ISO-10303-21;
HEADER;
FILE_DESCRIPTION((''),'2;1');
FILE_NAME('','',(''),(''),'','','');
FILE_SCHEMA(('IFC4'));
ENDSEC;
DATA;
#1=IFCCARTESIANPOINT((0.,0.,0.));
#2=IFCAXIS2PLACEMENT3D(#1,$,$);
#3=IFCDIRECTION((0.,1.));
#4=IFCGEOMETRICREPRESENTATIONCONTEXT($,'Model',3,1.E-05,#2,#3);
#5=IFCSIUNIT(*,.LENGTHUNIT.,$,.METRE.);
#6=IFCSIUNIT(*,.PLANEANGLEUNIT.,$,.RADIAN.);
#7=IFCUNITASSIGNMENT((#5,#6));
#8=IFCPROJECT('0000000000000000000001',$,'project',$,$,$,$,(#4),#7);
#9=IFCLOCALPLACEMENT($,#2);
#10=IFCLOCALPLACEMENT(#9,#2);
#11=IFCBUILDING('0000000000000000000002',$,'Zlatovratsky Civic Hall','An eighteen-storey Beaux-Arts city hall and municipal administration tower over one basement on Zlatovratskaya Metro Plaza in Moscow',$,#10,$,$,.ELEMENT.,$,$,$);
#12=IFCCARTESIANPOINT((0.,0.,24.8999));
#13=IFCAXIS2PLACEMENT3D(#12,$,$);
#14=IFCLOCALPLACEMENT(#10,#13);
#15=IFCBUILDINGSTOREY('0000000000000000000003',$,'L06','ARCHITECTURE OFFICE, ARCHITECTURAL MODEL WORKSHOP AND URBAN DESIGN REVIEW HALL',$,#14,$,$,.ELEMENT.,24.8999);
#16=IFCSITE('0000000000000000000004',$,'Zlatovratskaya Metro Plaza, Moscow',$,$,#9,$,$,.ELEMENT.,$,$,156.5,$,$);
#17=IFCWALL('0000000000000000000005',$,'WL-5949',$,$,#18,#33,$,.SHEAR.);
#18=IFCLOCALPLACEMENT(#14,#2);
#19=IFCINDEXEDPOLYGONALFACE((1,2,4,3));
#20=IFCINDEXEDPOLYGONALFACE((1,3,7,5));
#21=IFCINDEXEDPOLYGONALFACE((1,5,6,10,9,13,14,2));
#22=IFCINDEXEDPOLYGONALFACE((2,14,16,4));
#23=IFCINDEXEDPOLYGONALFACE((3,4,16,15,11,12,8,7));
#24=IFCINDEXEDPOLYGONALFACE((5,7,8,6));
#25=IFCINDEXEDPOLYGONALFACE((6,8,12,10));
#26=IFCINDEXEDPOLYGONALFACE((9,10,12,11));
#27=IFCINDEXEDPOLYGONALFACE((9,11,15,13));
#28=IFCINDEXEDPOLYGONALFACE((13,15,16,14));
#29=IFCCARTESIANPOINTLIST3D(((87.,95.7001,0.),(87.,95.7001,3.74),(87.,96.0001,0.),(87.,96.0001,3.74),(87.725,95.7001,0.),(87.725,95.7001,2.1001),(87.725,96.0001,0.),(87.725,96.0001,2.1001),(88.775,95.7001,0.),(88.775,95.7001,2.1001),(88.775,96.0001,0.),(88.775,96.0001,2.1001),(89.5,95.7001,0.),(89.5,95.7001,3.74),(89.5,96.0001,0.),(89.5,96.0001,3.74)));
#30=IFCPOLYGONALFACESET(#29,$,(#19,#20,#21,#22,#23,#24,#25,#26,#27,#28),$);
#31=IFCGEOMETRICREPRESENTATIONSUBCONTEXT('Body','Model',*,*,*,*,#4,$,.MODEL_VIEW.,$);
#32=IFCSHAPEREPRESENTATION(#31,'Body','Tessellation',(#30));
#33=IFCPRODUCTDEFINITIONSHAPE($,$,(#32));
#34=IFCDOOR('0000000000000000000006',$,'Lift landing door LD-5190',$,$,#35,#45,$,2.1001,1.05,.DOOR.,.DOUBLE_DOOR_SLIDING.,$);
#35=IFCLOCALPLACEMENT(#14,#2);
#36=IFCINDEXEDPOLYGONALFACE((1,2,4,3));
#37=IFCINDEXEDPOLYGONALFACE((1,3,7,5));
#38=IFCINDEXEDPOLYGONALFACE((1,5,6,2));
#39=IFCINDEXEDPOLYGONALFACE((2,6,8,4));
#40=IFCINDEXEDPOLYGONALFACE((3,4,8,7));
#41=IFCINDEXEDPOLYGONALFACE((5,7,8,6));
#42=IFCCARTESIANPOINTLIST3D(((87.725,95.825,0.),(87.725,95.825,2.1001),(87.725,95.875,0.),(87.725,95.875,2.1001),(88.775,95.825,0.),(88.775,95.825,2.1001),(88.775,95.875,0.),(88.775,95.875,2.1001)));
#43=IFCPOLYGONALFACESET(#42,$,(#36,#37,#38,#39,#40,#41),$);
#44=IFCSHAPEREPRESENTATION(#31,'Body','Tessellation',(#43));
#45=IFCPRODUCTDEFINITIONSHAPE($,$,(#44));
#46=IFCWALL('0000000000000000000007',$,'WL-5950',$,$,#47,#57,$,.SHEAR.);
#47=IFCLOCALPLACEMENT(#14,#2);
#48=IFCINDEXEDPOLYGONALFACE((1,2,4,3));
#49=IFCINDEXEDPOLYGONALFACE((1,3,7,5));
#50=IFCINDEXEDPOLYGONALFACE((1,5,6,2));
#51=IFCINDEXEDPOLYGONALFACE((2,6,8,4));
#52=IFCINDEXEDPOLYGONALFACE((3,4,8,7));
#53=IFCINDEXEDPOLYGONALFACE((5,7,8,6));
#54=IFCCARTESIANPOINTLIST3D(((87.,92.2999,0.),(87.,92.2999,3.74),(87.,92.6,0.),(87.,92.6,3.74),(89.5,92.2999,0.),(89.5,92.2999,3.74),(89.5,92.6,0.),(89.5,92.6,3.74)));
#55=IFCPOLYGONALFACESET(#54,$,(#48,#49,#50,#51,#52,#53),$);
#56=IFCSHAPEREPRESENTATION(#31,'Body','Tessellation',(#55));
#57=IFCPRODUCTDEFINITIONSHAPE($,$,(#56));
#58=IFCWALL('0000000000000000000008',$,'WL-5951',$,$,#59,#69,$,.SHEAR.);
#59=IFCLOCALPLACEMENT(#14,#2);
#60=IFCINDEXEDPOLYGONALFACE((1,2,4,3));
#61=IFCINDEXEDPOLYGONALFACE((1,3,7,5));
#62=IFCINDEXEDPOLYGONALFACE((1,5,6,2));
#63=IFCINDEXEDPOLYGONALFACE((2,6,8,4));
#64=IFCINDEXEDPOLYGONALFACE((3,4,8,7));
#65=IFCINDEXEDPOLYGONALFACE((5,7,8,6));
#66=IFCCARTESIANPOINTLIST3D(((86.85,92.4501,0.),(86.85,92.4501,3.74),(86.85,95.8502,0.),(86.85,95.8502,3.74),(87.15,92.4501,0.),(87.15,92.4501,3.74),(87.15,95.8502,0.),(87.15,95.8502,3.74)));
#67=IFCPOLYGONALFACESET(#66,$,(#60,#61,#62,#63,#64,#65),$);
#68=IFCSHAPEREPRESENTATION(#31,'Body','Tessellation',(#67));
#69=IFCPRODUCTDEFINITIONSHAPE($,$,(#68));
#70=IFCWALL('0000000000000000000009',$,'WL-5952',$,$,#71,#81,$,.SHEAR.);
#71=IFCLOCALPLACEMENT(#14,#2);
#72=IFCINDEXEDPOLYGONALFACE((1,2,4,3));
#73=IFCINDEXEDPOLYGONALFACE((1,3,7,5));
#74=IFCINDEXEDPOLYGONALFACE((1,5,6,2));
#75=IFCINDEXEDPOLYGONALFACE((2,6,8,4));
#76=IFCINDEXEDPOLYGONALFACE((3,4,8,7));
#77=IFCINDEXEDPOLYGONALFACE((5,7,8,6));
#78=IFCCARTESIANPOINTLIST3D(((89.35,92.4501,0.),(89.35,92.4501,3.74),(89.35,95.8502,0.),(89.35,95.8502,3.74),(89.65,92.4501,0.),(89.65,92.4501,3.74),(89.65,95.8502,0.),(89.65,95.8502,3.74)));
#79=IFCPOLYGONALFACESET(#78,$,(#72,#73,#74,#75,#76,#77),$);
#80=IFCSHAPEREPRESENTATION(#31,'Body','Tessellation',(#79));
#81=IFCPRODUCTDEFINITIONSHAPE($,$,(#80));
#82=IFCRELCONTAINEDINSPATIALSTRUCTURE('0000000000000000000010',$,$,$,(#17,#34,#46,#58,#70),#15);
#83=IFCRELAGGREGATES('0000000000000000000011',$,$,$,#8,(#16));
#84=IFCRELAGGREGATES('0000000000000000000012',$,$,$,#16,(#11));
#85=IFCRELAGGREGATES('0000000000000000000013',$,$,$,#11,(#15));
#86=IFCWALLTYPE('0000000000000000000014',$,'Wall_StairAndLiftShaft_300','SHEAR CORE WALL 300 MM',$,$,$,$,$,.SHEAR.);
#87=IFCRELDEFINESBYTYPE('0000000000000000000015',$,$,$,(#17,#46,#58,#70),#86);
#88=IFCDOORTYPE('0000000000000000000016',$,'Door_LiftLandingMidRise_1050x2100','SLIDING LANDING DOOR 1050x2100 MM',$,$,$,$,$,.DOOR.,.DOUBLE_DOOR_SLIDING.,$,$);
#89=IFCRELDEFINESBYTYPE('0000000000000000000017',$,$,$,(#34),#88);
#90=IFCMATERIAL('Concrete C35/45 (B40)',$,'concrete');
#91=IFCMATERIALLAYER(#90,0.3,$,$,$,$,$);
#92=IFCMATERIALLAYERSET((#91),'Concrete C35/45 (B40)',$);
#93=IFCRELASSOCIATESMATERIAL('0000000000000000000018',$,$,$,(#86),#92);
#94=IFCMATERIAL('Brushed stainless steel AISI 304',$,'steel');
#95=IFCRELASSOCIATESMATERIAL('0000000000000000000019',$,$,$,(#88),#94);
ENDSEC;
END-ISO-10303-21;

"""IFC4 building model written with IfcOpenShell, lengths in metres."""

from ifc_helpers import new_model, si_unit, direction, frame, frame_2d, origin, place, context, subcontext, project, spatial, rectangle, extrude, material, layer, layer_set, type_object, element, fill, save


model = new_model("IFC4")

# Units and contexts
model_context = context("Model", 3, precision=1e-05, world=origin(), true_north=direction((0.0, 1.0)))
body_context = subcontext(model_context, "Body", "Model", "MODEL_VIEW")
ifc_project = project(units=[si_unit("LENGTHUNIT", "METRE"), si_unit("PLANEANGLEUNIT", "RADIAN")], contexts=[model_context])

# Site, building, storey
site_placement = place(None, origin())
site = spatial("IfcSite", under=ifc_project, at=site_placement, Name="Zlatovratskaya Metro Plaza, Moscow", CompositionType="ELEMENT", RefElevation=156.5)
building_placement = place(site_placement, origin())
building = spatial("IfcBuilding", under=site, at=building_placement, Name="Zlatovratsky Civic Hall", Description="An eighteen-storey Beaux-Arts city hall and municipal administration tower over one basement on Zlatovratskaya Metro Plaza in Moscow", CompositionType="ELEMENT")
storey_placement = place(building_placement, frame((0.0, 0.0, 24.8999)))
storey = spatial("IfcBuildingStorey", under=building, at=storey_placement, Name="L06", Description="ARCHITECTURE OFFICE, ARCHITECTURAL MODEL WORKSHOP AND URBAN DESIGN REVIEW HALL", CompositionType="ELEMENT", Elevation=24.8999)

# Shared definitions
ifc_material_1 = material(Name="Concrete C35/45 (B40)", Category="concrete")

# Shared definitions
ifc_layer_1 = layer(ifc_material_1, 0.3)
ifc_layer_set_1 = layer_set([ifc_layer_1], Name="Concrete C35/45 (B40)")
wall_type_1 = type_object("IfcWallType", Name="Wall_StairAndLiftShaft_300", Description="SHEAR CORE WALL 300 MM", PredefinedType="SHEAR", material=ifc_layer_set_1)

# Shared definitions
ifc_material_2 = material(Name="Brushed stainless steel AISI 304", Category="steel")
door_type_1 = type_object("IfcDoorType", Name="Door_LiftLandingMidRise_1050x2100", Description="SLIDING LANDING DOOR 1050x2100 MM", OperationType="DOUBLE_DOOR_SLIDING", PredefinedType="DOOR", material=ifc_material_2)

# Wall, opening, door
wall_1_placement = place(storey_placement, frame((87.0, 95.8501, 0.0), z_axis=(0.0, 0.0, 1.0), x_axis=(1.0, 0.0, 0.0)))
wall_1 = element("IfcWall", 1, at=wall_1_placement, inside=storey, type_object=wall_type_1, Name="WL-5949", PredefinedType="SHEAR", context=body_context, shape_type="SweptSolid", body=[
    extrude(rectangle(XDim=2.5, YDim=0.3, at=frame_2d((1.25, 0.0))), origin(), (0.0, 0.0, 1.0), 3.74),
])
opening_1_placement = place(wall_1_placement, frame((0.7251, 0.0, 0.0)))
opening_1 = element("IfcOpeningElement", 2, at=opening_1_placement, cuts=wall_1, PredefinedType="OPENING", context=body_context, shape_type="SweptSolid", body=[
    extrude(rectangle(XDim=1.05, YDim=2.1001, at=frame_2d((0.5249, 1.05))), frame((0.0, 0.165, 0.0), z_axis=(0.0, -1.0, 0.0), x_axis=(1.0, 0.0, 0.0)), (0.0, 0.0, 1.0), 0.3298),
])
door_1_placement = place(opening_1_placement, origin())
door_1 = element("IfcDoor", 3, at=door_1_placement, inside=storey, type_object=door_type_1, Name="Lift landing door LD-5190", OperationType="DOUBLE_DOOR_SLIDING", OverallHeight=2.1001, OverallWidth=1.05, PredefinedType="DOOR", context=body_context, shape_type="SweptSolid", body=[
    extrude(rectangle(XDim=1.05, YDim=2.1001, at=frame_2d((0.5249, 1.05))), frame((0.0, 0.0249, 0.0), z_axis=(0.0, -1.0, 0.0), x_axis=(1.0, 0.0, 0.0)), (0.0, 0.0, 1.0), 0.05),
])
fill(opening_1, door_1)

# Walls
wall_2_placement = place(storey_placement, frame((87.0, 92.45, 0.0), z_axis=(0.0, 0.0, 1.0), x_axis=(1.0, 0.0, 0.0)))
element("IfcWall", 4, at=wall_2_placement, inside=storey, type_object=wall_type_1, Name="WL-5950", PredefinedType="SHEAR", context=body_context, shape_type="SweptSolid", body=[
    extrude(rectangle(XDim=2.5, YDim=0.3, at=frame_2d((1.25, 0.0))), origin(), (0.0, 0.0, 1.0), 3.74),
])
for number, where, z_axis, x_axis, name in (
    (5, (87.0, 92.45, 0.0), (0.0, 0.0, 1.0), (0.0, 1.0, 0.0), "WL-5951"),
    (6, (89.5, 92.45, 0.0), (0.0, 0.0, 1.0), (0.0, 1.0, 0.0), "WL-5952"),
):
    element("IfcWall", number, at=place(storey_placement, frame(where, z_axis=z_axis, x_axis=x_axis)), inside=storey, type_object=wall_type_1, Name=name, PredefinedType="SHEAR", context=body_context, shape_type="SweptSolid", body=[
        extrude(rectangle(XDim=3.4001, YDim=0.3, at=frame_2d((1.7002, 0.0))), origin(), (0.0, 0.0, 1.0), 3.74),
    ])

save(model, "model.ifc")
